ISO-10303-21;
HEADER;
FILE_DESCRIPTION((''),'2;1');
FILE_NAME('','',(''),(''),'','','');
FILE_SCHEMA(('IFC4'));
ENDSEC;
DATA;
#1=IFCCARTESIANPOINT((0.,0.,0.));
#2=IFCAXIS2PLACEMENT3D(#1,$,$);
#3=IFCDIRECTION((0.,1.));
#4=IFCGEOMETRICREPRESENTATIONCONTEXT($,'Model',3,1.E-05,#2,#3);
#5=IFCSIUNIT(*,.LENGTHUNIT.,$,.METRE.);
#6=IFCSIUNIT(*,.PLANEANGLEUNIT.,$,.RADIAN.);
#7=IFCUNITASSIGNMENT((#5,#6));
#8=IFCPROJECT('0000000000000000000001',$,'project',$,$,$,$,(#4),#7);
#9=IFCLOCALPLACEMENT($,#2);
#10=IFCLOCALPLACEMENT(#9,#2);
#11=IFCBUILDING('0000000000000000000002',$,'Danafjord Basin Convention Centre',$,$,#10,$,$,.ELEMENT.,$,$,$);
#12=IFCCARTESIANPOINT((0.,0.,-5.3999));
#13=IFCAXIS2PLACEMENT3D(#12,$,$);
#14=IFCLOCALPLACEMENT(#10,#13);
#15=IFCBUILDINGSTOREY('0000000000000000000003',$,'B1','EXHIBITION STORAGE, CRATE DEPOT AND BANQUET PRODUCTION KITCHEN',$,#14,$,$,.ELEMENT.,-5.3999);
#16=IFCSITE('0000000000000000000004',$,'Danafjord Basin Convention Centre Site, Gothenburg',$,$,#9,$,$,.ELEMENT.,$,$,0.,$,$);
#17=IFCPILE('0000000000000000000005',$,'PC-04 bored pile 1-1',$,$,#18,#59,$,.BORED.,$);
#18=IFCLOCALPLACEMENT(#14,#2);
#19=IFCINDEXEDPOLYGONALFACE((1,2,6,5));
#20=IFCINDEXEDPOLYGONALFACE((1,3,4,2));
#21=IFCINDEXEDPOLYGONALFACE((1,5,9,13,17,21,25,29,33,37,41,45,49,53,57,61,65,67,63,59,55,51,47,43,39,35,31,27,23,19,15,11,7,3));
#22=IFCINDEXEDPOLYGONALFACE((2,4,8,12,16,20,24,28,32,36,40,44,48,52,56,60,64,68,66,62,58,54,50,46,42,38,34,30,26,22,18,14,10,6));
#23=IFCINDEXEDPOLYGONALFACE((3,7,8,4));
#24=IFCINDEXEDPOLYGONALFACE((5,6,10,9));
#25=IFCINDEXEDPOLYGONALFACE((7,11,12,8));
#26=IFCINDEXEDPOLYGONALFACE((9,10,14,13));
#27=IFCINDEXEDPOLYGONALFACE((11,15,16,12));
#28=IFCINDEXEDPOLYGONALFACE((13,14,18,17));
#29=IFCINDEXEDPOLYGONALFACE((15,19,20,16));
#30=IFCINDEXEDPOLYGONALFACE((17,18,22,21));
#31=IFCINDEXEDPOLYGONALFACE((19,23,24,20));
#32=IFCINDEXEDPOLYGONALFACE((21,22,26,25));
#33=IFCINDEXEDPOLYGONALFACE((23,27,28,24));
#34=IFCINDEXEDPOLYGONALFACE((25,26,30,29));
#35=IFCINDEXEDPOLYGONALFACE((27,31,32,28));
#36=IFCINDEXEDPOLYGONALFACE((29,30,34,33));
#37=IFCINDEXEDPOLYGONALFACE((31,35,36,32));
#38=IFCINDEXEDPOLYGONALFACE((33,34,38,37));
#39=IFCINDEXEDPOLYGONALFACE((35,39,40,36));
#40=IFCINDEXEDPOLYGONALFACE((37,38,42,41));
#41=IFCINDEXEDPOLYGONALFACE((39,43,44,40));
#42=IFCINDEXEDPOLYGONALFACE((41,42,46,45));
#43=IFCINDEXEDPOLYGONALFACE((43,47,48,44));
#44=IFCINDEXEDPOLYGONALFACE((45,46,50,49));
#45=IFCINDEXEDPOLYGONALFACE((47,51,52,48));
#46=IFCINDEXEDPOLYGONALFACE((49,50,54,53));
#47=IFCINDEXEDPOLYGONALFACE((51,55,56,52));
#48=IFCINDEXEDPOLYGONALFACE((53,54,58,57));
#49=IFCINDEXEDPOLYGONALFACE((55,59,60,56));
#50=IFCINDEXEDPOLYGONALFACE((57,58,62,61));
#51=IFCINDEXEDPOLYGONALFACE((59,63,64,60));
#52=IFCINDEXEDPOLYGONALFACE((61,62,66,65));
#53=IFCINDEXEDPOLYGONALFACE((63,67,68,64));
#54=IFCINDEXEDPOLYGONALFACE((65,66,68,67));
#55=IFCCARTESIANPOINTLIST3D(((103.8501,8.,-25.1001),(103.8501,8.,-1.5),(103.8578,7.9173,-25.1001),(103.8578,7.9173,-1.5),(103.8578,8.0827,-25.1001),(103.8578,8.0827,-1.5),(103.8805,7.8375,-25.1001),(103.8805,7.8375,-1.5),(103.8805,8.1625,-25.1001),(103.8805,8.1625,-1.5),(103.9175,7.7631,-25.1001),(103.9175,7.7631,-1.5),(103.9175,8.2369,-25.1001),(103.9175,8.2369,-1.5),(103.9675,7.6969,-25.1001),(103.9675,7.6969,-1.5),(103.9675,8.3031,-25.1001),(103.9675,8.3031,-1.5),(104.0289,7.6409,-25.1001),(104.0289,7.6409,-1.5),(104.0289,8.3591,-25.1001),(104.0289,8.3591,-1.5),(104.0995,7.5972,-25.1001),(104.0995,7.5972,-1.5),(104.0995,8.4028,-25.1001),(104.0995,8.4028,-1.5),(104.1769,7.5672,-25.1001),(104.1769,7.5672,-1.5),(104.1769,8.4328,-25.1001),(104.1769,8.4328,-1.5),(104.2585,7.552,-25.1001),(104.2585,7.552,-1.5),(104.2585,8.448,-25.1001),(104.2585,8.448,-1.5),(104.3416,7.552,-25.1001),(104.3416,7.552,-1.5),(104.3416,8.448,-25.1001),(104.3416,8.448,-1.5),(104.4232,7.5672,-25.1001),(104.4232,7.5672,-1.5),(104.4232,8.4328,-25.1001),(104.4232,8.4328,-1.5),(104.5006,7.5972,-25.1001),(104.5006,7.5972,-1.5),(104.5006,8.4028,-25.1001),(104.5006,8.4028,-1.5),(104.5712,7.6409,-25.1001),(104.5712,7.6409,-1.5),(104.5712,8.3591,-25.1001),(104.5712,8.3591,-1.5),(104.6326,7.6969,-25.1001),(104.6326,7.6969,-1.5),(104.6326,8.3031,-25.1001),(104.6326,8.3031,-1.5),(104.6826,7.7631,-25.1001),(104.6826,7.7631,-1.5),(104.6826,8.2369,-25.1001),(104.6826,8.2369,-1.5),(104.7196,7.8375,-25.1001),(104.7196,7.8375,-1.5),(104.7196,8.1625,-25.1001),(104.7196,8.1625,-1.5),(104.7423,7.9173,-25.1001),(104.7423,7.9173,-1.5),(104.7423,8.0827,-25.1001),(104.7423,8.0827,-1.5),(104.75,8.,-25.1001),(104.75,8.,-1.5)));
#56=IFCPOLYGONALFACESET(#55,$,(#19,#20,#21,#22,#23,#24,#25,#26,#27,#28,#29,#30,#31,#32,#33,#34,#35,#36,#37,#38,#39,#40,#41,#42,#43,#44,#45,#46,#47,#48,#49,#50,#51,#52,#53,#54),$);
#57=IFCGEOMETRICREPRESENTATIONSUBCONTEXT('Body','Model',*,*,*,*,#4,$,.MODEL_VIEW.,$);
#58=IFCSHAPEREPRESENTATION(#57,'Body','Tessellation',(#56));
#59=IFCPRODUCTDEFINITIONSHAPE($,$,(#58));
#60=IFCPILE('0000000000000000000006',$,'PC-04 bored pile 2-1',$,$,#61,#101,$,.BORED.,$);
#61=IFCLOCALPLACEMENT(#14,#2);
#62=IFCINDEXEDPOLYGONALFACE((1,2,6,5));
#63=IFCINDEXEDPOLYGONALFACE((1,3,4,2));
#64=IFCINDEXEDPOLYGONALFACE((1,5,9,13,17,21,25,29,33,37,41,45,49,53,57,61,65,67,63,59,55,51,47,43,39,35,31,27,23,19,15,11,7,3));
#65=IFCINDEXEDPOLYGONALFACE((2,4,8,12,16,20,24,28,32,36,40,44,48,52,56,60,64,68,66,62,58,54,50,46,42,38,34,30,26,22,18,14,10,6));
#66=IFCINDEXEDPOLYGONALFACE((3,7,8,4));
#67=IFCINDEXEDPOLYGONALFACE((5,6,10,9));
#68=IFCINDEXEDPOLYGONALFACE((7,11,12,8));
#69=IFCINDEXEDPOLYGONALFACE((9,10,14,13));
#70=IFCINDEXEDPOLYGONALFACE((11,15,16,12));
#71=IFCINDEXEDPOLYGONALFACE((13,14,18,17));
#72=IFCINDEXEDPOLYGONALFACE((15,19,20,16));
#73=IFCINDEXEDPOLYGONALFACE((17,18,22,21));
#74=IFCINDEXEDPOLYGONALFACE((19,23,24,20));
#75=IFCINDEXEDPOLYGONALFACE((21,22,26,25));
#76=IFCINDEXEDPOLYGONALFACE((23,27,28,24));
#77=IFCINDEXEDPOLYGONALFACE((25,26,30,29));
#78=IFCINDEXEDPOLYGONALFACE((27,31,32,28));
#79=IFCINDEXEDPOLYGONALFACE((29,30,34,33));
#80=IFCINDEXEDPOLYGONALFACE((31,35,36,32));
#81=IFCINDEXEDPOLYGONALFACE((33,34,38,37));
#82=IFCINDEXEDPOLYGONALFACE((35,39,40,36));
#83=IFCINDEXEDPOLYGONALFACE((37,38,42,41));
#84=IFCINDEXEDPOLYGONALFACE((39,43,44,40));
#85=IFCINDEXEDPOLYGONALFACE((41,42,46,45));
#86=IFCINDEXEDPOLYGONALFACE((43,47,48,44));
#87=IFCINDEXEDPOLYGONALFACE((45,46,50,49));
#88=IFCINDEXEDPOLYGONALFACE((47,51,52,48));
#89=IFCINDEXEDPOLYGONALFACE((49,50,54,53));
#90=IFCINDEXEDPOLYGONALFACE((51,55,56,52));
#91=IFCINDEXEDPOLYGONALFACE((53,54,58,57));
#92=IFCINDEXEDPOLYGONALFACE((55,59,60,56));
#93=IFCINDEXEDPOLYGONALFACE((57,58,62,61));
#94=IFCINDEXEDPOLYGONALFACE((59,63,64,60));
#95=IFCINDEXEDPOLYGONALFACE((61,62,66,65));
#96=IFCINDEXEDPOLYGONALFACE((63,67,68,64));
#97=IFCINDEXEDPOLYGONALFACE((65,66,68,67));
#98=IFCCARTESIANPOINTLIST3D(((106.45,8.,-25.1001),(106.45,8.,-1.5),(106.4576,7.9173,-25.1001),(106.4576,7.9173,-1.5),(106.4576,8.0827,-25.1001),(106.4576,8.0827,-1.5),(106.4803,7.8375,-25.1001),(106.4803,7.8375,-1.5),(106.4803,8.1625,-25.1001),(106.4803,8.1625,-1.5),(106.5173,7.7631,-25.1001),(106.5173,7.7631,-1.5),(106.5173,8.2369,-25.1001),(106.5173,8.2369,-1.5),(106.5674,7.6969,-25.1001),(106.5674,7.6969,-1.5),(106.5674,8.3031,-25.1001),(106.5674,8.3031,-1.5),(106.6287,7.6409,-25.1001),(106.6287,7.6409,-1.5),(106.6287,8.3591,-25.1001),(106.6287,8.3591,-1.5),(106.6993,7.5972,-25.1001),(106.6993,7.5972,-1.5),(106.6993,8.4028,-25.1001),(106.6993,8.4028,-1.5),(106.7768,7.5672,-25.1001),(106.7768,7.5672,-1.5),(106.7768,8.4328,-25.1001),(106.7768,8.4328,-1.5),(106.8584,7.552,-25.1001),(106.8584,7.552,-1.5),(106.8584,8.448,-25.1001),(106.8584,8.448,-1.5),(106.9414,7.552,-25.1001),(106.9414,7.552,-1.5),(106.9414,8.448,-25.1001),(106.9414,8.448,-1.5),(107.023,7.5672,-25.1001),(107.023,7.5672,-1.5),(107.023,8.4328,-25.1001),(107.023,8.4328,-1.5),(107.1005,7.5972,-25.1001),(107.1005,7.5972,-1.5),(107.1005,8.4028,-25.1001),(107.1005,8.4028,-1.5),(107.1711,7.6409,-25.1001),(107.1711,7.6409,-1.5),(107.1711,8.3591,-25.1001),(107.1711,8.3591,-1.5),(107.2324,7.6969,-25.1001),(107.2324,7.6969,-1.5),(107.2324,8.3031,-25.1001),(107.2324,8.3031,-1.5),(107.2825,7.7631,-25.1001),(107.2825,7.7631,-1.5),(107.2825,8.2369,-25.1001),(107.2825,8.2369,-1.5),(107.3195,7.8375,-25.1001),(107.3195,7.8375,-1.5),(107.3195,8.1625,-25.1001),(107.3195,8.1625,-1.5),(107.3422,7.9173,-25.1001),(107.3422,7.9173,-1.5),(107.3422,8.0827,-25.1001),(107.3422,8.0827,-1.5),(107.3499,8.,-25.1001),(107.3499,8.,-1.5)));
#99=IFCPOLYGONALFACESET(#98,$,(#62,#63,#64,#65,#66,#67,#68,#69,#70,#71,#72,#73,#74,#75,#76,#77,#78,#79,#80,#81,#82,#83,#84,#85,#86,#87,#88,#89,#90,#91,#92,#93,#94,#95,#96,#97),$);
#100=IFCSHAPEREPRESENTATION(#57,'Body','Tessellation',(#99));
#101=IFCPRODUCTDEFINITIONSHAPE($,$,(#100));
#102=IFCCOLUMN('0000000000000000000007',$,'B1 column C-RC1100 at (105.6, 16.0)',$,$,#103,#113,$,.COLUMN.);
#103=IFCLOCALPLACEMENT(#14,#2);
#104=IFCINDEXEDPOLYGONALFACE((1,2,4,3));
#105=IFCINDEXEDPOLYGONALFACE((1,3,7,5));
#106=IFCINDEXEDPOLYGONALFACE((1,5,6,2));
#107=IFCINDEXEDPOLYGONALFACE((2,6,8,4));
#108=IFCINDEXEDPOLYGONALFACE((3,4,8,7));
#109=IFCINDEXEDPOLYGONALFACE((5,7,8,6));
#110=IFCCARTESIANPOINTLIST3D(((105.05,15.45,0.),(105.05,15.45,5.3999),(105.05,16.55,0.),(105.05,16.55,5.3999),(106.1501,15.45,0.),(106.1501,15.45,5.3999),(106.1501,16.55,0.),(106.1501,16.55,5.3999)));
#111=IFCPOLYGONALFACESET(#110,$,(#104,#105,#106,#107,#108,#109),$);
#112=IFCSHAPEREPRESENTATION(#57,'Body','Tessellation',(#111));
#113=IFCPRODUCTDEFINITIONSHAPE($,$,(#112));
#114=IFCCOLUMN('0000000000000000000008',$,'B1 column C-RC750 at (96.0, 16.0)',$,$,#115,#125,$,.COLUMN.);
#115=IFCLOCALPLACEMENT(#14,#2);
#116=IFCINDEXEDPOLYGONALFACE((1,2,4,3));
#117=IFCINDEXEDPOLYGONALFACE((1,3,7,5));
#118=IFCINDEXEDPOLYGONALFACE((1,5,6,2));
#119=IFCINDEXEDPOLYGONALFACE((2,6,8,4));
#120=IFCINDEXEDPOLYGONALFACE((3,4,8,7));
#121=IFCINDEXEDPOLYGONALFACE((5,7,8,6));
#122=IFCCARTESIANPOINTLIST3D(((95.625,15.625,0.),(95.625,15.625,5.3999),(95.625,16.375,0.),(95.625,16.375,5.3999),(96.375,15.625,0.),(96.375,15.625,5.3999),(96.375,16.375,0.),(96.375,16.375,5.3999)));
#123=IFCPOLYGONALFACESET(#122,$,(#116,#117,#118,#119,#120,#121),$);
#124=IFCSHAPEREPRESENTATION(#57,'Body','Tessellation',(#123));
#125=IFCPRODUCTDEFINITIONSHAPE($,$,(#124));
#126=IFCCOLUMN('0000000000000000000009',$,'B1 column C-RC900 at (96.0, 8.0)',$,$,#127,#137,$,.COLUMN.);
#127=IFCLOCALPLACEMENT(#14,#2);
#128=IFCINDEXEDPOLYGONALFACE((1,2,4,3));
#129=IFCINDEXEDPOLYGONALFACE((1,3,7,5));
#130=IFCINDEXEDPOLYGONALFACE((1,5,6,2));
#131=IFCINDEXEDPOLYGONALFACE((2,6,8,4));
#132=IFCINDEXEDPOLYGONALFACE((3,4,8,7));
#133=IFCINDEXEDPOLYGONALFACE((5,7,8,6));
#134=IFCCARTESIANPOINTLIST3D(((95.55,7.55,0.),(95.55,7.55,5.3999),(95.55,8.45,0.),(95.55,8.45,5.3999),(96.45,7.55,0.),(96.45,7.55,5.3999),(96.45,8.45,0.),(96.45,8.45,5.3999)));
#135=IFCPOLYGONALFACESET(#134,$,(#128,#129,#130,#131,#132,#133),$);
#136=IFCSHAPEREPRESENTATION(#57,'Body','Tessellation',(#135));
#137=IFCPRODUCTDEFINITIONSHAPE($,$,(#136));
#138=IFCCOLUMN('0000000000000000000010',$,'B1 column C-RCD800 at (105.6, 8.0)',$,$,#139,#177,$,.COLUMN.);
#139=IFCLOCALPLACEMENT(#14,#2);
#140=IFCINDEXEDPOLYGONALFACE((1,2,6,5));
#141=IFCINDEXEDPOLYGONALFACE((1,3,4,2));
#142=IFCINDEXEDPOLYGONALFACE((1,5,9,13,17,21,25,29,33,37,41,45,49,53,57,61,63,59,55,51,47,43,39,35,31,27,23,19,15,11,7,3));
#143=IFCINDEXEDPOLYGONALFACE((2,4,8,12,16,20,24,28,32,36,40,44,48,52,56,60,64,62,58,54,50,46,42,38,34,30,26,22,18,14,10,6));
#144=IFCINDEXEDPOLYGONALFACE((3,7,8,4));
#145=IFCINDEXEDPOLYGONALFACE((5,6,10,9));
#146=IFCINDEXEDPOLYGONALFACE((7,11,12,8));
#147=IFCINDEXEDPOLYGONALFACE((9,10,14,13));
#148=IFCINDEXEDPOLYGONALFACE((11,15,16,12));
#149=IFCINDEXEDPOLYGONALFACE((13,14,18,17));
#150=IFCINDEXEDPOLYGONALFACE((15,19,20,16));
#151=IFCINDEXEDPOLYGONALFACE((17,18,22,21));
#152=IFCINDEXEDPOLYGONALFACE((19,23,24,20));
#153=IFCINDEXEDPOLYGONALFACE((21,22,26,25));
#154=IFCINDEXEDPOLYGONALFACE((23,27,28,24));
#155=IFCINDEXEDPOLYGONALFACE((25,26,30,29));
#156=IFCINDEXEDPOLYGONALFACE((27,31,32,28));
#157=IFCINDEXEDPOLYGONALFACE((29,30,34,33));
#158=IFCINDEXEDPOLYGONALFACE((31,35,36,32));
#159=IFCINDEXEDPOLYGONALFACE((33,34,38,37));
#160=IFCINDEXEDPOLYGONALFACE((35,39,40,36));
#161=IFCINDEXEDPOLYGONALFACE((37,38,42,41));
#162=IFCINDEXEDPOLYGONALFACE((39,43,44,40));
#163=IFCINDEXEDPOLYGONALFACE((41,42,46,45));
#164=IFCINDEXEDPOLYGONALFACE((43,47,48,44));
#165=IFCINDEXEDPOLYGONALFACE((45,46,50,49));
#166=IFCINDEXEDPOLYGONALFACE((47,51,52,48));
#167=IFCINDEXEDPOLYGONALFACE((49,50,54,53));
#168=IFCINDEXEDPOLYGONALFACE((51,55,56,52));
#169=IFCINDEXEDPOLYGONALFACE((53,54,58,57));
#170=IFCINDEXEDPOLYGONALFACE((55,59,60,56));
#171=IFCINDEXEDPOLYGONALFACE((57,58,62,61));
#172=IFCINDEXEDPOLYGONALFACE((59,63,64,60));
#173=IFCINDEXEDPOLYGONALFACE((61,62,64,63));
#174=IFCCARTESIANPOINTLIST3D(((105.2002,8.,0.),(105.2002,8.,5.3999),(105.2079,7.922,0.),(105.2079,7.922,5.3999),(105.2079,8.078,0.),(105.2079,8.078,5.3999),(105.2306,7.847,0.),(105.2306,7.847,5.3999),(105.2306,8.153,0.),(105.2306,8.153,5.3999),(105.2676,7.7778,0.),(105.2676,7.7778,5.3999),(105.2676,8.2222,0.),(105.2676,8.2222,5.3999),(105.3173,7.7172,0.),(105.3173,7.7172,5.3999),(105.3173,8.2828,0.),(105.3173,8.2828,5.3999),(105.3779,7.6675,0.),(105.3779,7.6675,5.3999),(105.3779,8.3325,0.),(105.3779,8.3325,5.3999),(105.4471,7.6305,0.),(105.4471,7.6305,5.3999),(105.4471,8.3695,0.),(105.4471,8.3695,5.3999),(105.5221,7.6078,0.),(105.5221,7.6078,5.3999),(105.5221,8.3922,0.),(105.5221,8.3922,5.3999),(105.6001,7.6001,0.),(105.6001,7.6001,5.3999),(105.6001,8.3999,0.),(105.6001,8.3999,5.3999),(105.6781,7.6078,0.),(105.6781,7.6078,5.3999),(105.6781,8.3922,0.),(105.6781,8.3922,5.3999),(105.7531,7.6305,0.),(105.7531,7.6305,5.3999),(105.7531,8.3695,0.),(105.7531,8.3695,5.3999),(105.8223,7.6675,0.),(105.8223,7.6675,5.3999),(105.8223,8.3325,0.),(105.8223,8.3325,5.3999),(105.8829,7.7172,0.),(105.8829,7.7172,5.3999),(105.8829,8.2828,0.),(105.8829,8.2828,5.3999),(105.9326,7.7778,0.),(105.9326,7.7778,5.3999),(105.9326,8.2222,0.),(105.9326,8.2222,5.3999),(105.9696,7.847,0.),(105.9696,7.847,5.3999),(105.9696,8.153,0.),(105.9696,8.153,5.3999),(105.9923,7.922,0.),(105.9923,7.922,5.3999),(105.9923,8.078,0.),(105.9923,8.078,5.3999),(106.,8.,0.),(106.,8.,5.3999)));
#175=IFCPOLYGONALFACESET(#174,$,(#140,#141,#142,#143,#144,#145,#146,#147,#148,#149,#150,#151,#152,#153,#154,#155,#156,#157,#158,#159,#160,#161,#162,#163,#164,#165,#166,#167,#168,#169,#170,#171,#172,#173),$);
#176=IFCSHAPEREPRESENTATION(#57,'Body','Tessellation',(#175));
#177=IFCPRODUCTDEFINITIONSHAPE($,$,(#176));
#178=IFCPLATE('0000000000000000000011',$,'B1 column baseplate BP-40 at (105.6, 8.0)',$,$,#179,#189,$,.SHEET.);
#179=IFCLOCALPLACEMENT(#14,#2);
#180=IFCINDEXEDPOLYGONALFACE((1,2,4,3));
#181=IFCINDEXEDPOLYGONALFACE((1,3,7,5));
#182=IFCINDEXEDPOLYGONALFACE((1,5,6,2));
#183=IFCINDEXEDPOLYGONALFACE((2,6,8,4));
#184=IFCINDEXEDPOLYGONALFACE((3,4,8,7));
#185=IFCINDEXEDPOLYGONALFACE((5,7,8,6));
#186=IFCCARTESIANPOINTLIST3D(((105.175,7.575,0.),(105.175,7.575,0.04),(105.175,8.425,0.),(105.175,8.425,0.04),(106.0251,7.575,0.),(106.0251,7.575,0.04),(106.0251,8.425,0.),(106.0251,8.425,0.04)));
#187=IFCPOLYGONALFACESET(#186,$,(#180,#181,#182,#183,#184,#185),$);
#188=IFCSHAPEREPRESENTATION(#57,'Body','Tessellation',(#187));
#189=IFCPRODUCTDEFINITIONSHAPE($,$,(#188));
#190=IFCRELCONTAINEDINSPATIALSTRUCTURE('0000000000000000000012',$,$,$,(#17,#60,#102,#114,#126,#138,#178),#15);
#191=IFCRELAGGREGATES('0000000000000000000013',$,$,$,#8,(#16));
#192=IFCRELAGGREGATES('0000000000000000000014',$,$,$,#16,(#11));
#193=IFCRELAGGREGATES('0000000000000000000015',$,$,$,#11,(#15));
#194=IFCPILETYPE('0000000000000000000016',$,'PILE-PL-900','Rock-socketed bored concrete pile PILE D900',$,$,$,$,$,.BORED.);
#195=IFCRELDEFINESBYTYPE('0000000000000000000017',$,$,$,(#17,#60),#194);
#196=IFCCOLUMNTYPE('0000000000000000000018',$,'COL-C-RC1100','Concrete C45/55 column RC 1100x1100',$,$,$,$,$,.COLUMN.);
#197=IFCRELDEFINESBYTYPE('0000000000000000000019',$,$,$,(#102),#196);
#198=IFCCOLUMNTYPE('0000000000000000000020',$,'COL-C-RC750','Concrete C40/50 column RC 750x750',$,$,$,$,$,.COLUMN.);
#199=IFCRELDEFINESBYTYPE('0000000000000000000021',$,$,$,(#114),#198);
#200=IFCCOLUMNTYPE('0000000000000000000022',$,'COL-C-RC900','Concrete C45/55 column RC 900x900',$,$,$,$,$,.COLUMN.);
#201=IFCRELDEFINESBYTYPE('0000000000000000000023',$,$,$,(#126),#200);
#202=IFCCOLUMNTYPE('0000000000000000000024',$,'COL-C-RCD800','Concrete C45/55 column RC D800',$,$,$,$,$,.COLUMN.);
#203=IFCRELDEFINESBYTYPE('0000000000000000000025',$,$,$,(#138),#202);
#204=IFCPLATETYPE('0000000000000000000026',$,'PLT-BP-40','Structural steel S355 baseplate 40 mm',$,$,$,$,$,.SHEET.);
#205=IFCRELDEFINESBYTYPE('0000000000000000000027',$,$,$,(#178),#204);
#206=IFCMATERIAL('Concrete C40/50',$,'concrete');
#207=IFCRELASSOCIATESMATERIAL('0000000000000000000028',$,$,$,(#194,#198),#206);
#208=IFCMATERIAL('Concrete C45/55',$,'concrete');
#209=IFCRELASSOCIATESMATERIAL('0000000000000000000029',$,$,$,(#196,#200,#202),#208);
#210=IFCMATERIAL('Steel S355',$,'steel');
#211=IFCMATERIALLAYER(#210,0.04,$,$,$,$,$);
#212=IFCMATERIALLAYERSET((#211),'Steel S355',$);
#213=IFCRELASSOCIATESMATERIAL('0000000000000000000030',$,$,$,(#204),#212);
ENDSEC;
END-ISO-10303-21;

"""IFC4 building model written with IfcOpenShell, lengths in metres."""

from ifc_helpers import new_model, si_unit, direction, frame, origin, origin_2d, place, context, subcontext, project, spatial, rectangle, circle, extrude, material, layer, layer_set, material_profile, profile_set, type_object, element, save


model = new_model("IFC4")

# Units and contexts
model_context = context("Model", 3, precision=1e-05, world=origin(), true_north=direction((0.0, 1.0)))
body_context = subcontext(model_context, "Body", "Model", "MODEL_VIEW")
ifc_project = project(units=[si_unit("LENGTHUNIT", "METRE"), si_unit("PLANEANGLEUNIT", "RADIAN")], contexts=[model_context])

# Site, building, storey
site_placement = place(None, origin())
site = spatial("IfcSite", under=ifc_project, at=site_placement, Name="Danafjord Basin Convention Centre Site, Gothenburg", CompositionType="ELEMENT", RefElevation=0.0)
building_placement = place(site_placement, origin())
building = spatial("IfcBuilding", under=site, at=building_placement, Name="Danafjord Basin Convention Centre", CompositionType="ELEMENT")
storey_placement = place(building_placement, frame((0.0, 0.0, -5.3999)))
storey = spatial("IfcBuildingStorey", under=building, at=storey_placement, Name="B1", Description="EXHIBITION STORAGE, CRATE DEPOT AND BANQUET PRODUCTION KITCHEN", CompositionType="ELEMENT", Elevation=-5.3999)

# Shared definitions
ifc_material_1 = material(Name="Concrete C40/50", Category="concrete")

# Piles
ifc_material_profile_1 = material_profile(ifc_material_1, circle(Radius=0.45, at=origin_2d()), Name="PILE D900")
ifc_profile_set_1 = profile_set([ifc_material_profile_1], Name="Concrete C40/50")
pile_type_1 = type_object("IfcPileType", Name="PILE-PL-900", Description="Rock-socketed bored concrete pile PILE D900", PredefinedType="BORED", material=ifc_profile_set_1)
for number, where, z_axis, x_axis, name in (
    (1, (104.3, 8.0, -1.5), (0.0, 0.0, -1.0), (1.0, 0.0, 0.0), "PC-04 bored pile 1-1"),
    (2, (106.8999, 8.0, -1.5), (0.0, 0.0, -1.0), (1.0, 0.0, 0.0), "PC-04 bored pile 2-1"),
):
    element("IfcPile", number, at=place(storey_placement, frame(where, z_axis=z_axis, x_axis=x_axis)), inside=storey, type_object=pile_type_1, Name=name, PredefinedType="BORED", context=body_context, shape_type="SweptSolid", body=[
        extrude(circle(Radius=0.45, at=origin_2d()), origin(), (0.0, 0.0, 1.0), 23.6001),
    ])

# Columns
ifc_material_2 = material(Name="Concrete C45/55", Category="concrete")
ifc_material_profile_2 = material_profile(ifc_material_2, rectangle(XDim=1.1001, YDim=1.1001, at=origin_2d()), Name="RC 1100x1100")
ifc_profile_set_2 = profile_set([ifc_material_profile_2], Name="Concrete C45/55")
column_type_1 = type_object("IfcColumnType", Name="COL-C-RC1100", Description="Concrete C45/55 column RC 1100x1100", PredefinedType="COLUMN", material=ifc_profile_set_2)
column_1_placement = place(storey_placement, frame((105.6001, 16.0, 0.0), z_axis=(0.0, 0.0, 1.0), x_axis=(1.0, 0.0, 0.0)))
element("IfcColumn", 3, at=column_1_placement, inside=storey, type_object=column_type_1, Name="B1 column C-RC1100 at (105.6, 16.0)", PredefinedType="COLUMN", context=body_context, shape_type="SweptSolid", body=[
    extrude(rectangle(XDim=1.1001, YDim=1.1001, at=origin_2d()), origin(), (0.0, 0.0, 1.0), 5.3999),
])
ifc_material_profile_3 = material_profile(ifc_material_1, rectangle(XDim=0.75, YDim=0.75, at=origin_2d()), Name="RC 750x750")
ifc_profile_set_3 = profile_set([ifc_material_profile_3], Name="Concrete C40/50")
column_type_2 = type_object("IfcColumnType", Name="COL-C-RC750", Description="Concrete C40/50 column RC 750x750", PredefinedType="COLUMN", material=ifc_profile_set_3)
column_2_placement = place(storey_placement, frame((96.0, 16.0, 0.0), z_axis=(0.0, 0.0, 1.0), x_axis=(1.0, 0.0, 0.0)))
element("IfcColumn", 4, at=column_2_placement, inside=storey, type_object=column_type_2, Name="B1 column C-RC750 at (96.0, 16.0)", PredefinedType="COLUMN", context=body_context, shape_type="SweptSolid", body=[
    extrude(rectangle(XDim=0.75, YDim=0.75, at=origin_2d()), origin(), (0.0, 0.0, 1.0), 5.3999),
])
ifc_material_profile_4 = material_profile(ifc_material_2, rectangle(XDim=0.8999, YDim=0.8999, at=origin_2d()), Name="RC 900x900")
ifc_profile_set_4 = profile_set([ifc_material_profile_4], Name="Concrete C45/55")
column_type_3 = type_object("IfcColumnType", Name="COL-C-RC900", Description="Concrete C45/55 column RC 900x900", PredefinedType="COLUMN", material=ifc_profile_set_4)
column_3_placement = place(storey_placement, frame((96.0, 8.0, 0.0), z_axis=(0.0, 0.0, 1.0), x_axis=(1.0, 0.0, 0.0)))
element("IfcColumn", 5, at=column_3_placement, inside=storey, type_object=column_type_3, Name="B1 column C-RC900 at (96.0, 8.0)", PredefinedType="COLUMN", context=body_context, shape_type="SweptSolid", body=[
    extrude(rectangle(XDim=0.8999, YDim=0.8999, at=origin_2d()), origin(), (0.0, 0.0, 1.0), 5.3999),
])
ifc_material_profile_5 = material_profile(ifc_material_2, circle(Radius=0.3999, at=origin_2d()), Name="RC D800")
ifc_profile_set_5 = profile_set([ifc_material_profile_5], Name="Concrete C45/55")
column_type_4 = type_object("IfcColumnType", Name="COL-C-RCD800", Description="Concrete C45/55 column RC D800", PredefinedType="COLUMN", material=ifc_profile_set_5)
column_4_placement = place(storey_placement, frame((105.6001, 8.0, 0.0), z_axis=(0.0, 0.0, 1.0), x_axis=(1.0, 0.0, 0.0)))
element("IfcColumn", 6, at=column_4_placement, inside=storey, type_object=column_type_4, Name="B1 column C-RCD800 at (105.6, 8.0)", PredefinedType="COLUMN", context=body_context, shape_type="SweptSolid", body=[
    extrude(circle(Radius=0.3999, at=origin_2d()), origin(), (0.0, 0.0, 1.0), 5.3999),
])

# Plate
ifc_material_3 = material(Name="Steel S355", Category="steel")
ifc_layer_1 = layer(ifc_material_3, 0.04)
ifc_layer_set_1 = layer_set([ifc_layer_1], Name="Steel S355")
plate_type = type_object("IfcPlateType", Name="PLT-BP-40", Description="Structural steel S355 baseplate 40 mm", PredefinedType="SHEET", material=ifc_layer_set_1)
plate_placement = place(storey_placement, frame((105.6001, 8.0, 0.0), z_axis=(0.0, 0.0, 1.0), x_axis=(1.0, 0.0, 0.0)))
element("IfcPlate", 7, at=plate_placement, inside=storey, type_object=plate_type, Name="B1 column baseplate BP-40 at (105.6, 8.0)", PredefinedType="SHEET", context=body_context, shape_type="SweptSolid", body=[
    extrude(rectangle(XDim=0.8501, YDim=0.8501, at=origin_2d()), origin(), (0.0, 0.0, 1.0), 0.04),
])

save(model, "model.ifc")
